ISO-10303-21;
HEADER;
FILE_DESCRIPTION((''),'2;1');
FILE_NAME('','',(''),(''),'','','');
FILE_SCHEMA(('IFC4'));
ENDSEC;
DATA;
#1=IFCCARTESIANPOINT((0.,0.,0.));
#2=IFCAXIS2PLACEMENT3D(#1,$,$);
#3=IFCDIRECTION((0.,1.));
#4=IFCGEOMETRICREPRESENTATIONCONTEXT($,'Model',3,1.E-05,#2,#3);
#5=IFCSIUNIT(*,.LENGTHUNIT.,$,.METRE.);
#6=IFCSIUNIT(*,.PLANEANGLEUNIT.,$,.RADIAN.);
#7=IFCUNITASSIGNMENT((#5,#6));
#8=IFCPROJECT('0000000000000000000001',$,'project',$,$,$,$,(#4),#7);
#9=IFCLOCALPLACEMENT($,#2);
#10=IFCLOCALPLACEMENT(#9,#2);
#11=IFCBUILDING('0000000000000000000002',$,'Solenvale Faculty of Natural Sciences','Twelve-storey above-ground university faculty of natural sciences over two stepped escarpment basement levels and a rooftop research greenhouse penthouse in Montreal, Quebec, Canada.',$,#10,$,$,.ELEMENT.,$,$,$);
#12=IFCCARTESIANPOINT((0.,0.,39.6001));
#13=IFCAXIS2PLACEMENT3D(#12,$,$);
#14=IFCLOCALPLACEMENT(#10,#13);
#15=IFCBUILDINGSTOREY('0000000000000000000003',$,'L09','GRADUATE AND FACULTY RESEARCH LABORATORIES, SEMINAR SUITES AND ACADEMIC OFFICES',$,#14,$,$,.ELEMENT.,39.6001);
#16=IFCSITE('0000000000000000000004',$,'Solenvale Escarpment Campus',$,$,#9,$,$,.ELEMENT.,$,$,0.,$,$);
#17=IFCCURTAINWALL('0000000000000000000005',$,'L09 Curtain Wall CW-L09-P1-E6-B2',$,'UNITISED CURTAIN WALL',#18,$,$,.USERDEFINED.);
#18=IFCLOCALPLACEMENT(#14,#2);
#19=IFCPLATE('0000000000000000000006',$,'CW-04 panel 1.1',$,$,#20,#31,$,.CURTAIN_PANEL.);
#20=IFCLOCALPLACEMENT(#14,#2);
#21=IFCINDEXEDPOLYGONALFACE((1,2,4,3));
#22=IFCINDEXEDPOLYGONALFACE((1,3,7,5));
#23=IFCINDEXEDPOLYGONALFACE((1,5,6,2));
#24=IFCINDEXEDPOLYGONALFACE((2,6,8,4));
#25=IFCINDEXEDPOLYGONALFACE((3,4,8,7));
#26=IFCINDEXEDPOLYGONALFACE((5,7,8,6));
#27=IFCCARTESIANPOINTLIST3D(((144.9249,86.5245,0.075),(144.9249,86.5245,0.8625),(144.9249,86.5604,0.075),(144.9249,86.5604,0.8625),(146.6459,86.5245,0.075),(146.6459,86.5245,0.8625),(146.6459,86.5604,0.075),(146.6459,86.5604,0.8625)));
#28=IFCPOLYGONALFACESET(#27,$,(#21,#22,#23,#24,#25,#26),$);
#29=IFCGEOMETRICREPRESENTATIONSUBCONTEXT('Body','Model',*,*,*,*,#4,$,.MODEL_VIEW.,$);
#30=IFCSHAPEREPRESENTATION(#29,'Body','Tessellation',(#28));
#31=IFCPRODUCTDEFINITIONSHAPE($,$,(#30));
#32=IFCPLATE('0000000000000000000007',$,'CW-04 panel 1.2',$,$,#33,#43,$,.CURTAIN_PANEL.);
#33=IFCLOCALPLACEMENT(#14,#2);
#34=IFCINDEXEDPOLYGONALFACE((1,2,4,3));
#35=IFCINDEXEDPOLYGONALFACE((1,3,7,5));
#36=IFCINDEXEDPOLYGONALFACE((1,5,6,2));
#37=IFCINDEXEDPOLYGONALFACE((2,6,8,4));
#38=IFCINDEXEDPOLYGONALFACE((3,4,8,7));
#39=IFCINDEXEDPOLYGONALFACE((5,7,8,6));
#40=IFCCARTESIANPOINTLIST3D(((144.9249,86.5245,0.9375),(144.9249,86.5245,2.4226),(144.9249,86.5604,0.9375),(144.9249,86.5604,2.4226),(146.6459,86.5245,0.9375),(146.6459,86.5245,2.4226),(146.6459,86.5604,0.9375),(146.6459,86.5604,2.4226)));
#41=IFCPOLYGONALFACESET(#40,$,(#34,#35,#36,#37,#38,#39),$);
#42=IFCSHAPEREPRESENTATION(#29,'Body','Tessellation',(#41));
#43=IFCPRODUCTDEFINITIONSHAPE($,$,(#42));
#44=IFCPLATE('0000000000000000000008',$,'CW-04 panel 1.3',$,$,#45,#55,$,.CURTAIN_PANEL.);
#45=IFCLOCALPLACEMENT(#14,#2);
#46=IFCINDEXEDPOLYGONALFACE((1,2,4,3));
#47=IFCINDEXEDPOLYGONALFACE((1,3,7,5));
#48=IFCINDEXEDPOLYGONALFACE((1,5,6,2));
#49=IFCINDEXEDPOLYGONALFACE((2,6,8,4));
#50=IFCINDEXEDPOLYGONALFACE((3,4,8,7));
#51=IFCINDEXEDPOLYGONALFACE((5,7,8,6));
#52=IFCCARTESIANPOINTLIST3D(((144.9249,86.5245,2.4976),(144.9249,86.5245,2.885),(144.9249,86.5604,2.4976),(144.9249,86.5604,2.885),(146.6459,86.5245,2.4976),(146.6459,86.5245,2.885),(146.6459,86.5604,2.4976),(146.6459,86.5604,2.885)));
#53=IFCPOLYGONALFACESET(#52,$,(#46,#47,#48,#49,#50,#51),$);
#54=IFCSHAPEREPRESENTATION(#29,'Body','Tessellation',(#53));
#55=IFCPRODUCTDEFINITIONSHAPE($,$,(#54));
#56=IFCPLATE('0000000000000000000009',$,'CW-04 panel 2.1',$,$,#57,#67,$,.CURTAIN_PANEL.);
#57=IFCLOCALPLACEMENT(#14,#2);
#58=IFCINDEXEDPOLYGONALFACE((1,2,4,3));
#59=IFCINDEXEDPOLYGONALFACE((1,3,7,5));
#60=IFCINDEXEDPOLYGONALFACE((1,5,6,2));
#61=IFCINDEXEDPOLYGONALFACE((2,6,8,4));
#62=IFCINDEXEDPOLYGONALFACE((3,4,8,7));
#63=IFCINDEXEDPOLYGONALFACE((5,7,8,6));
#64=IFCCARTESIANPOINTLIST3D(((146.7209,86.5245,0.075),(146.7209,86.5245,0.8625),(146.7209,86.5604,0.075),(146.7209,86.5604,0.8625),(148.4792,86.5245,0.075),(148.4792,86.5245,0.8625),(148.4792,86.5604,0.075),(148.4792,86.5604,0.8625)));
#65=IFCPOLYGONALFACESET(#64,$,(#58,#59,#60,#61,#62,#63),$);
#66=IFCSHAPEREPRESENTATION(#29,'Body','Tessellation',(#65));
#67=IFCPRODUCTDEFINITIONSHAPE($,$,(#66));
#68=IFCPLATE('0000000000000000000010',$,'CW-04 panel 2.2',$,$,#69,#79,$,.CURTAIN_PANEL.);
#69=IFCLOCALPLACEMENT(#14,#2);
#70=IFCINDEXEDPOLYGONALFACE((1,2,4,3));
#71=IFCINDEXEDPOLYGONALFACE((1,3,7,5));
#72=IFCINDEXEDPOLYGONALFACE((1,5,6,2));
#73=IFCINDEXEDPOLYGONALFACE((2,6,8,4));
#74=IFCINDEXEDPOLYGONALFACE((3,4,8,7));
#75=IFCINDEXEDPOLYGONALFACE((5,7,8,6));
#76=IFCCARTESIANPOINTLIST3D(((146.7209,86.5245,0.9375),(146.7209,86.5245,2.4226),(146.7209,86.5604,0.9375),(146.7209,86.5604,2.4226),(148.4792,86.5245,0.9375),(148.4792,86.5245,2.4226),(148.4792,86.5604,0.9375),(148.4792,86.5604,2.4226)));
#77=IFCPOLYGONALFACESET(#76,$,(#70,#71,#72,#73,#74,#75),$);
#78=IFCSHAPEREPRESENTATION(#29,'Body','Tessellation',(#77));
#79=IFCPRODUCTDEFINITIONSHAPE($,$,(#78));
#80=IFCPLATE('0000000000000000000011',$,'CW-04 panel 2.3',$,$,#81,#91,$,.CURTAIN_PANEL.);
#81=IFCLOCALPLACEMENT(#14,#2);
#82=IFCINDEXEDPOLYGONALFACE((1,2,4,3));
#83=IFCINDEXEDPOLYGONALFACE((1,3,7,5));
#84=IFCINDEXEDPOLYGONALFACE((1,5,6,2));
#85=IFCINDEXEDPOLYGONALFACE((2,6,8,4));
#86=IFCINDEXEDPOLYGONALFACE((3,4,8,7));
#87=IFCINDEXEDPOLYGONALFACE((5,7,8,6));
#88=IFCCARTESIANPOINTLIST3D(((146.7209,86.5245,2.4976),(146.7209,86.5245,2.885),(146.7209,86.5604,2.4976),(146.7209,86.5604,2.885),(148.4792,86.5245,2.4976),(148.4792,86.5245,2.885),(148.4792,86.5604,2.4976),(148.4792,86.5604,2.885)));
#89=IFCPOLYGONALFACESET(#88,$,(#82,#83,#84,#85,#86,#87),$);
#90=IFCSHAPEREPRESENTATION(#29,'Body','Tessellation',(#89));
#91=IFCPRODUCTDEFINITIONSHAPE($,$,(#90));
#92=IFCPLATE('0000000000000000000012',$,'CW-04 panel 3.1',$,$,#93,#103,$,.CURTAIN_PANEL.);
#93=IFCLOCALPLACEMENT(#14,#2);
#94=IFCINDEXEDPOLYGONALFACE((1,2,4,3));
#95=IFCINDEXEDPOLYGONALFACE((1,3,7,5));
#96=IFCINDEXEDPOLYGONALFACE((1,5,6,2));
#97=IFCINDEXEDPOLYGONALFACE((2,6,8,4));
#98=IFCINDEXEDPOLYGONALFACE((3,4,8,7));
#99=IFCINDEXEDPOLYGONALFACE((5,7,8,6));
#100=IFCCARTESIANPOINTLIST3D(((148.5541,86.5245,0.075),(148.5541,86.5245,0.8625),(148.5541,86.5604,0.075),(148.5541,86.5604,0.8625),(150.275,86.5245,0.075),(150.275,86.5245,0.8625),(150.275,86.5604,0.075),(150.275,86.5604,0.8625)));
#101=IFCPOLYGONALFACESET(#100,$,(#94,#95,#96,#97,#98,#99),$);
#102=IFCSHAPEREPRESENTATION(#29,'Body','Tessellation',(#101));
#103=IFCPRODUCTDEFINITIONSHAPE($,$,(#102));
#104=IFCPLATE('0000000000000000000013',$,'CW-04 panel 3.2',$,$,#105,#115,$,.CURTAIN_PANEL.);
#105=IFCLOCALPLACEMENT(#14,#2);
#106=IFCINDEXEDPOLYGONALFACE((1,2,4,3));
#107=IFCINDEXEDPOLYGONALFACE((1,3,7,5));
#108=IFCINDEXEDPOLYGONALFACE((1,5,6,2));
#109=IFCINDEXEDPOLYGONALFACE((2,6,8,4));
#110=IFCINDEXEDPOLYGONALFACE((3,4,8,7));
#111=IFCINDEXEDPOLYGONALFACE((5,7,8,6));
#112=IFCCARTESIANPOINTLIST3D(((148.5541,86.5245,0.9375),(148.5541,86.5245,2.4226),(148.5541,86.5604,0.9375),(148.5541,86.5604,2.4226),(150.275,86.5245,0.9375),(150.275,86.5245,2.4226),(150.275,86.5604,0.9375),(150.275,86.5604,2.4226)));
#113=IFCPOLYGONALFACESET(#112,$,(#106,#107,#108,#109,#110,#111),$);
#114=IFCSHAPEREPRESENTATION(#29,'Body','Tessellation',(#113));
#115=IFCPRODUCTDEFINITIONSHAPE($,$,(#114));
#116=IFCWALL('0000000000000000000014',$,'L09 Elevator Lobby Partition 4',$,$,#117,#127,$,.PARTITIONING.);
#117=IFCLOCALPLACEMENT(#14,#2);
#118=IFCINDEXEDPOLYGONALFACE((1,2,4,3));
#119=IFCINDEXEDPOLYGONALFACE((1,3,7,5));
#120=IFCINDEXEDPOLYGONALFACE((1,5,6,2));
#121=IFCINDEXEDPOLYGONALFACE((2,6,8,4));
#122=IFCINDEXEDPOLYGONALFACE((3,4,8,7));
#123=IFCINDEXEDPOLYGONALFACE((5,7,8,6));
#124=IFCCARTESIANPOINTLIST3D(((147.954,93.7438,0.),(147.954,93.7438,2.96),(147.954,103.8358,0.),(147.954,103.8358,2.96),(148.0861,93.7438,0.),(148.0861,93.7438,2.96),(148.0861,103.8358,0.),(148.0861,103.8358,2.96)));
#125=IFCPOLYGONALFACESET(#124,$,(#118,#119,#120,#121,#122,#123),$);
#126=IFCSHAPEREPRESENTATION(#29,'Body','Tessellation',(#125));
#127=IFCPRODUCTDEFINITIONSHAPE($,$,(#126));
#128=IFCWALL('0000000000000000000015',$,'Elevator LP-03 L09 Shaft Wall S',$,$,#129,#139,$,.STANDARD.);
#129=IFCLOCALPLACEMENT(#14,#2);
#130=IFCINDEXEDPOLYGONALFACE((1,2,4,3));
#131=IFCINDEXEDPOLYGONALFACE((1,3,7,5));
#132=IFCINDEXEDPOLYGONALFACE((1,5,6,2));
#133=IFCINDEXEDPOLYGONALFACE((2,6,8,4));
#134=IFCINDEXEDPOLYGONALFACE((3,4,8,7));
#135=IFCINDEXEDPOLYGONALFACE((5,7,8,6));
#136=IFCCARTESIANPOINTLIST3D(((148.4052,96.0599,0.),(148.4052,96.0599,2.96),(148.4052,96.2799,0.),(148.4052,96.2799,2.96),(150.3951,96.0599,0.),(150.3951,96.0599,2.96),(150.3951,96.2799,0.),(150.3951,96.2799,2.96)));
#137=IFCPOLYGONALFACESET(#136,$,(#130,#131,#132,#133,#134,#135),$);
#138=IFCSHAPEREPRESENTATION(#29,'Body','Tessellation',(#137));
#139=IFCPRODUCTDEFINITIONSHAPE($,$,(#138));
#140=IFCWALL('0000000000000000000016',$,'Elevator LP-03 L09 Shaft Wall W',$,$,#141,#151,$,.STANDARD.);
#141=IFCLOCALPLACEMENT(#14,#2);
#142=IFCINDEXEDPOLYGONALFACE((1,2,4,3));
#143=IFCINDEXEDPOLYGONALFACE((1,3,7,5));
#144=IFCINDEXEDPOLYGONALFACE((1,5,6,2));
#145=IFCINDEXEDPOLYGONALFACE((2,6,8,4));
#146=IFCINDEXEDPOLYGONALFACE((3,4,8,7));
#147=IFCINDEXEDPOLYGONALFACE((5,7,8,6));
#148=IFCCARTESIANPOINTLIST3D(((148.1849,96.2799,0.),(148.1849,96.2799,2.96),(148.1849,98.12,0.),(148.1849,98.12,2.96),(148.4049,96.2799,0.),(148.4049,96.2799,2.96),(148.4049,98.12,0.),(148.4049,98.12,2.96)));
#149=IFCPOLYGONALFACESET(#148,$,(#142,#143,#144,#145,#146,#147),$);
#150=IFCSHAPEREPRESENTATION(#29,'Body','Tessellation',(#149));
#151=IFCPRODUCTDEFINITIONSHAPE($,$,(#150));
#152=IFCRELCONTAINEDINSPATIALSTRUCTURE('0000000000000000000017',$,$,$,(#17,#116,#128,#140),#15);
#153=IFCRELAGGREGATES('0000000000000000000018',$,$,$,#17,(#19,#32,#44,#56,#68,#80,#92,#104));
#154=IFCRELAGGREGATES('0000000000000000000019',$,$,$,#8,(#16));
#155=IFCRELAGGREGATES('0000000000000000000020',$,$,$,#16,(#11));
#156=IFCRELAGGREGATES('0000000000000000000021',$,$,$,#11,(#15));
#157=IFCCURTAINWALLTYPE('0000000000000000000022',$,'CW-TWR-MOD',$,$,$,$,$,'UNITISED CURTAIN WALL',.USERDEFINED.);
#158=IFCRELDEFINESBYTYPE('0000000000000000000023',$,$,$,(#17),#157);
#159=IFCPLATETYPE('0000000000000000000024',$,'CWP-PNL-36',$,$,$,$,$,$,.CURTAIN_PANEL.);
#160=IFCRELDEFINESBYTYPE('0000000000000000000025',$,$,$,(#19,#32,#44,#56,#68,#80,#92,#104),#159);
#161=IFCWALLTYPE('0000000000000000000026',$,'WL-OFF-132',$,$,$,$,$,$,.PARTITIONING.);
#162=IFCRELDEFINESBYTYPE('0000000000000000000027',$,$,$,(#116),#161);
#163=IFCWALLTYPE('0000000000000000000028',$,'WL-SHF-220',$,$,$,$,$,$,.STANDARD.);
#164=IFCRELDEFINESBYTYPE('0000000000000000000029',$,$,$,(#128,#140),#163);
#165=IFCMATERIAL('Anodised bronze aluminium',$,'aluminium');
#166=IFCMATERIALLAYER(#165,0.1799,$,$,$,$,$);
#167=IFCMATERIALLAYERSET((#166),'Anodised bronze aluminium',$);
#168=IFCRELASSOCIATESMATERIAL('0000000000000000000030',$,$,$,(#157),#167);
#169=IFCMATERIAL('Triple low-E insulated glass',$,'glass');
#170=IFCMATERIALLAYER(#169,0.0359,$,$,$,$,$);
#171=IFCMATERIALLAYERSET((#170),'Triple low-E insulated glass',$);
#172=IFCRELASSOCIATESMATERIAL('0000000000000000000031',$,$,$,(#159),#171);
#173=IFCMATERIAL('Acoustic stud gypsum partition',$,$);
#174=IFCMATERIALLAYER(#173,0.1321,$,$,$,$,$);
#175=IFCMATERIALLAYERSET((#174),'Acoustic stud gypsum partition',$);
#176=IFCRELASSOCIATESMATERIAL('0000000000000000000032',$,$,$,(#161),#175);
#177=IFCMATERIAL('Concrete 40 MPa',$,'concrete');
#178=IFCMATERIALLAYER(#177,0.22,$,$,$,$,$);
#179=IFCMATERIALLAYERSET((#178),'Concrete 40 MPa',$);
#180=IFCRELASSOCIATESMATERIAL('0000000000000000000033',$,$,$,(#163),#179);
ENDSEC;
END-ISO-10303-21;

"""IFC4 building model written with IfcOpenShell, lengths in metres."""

from ifc_helpers import new_model, si_unit, direction, frame, frame_2d, origin, origin_2d, place, context, subcontext, project, spatial, rectangle, extrude, material, layer, layer_set, type_object, element, aggregate, save


model = new_model("IFC4")

# Units and contexts
model_context = context("Model", 3, precision=1e-05, world=origin(), true_north=direction((0.0, 1.0)))
body_context = subcontext(model_context, "Body", "Model", "MODEL_VIEW")
ifc_project = project(units=[si_unit("LENGTHUNIT", "METRE"), si_unit("PLANEANGLEUNIT", "RADIAN")], contexts=[model_context])

# Site, building, storey
site_placement = place(None, origin())
site = spatial("IfcSite", under=ifc_project, at=site_placement, Name="Solenvale Escarpment Campus", CompositionType="ELEMENT", RefElevation=0.0)
building_placement = place(site_placement, origin())
building = spatial("IfcBuilding", under=site, at=building_placement, Name="Solenvale Faculty of Natural Sciences", Description="Twelve-storey above-ground university faculty of natural sciences over two stepped escarpment basement levels and a rooftop research greenhouse penthouse in Montreal, Quebec, Canada.", CompositionType="ELEMENT")
storey_placement = place(building_placement, frame((0.0, 0.0, 39.6001)))
storey = spatial("IfcBuildingStorey", under=building, at=storey_placement, Name="L09", Description="GRADUATE AND FACULTY RESEARCH LABORATORIES, SEMINAR SUITES AND ACADEMIC OFFICES", CompositionType="ELEMENT", Elevation=39.6001)

# Curtain wall, plates
ifc_material_1 = material(Name="Anodised bronze aluminium", Category="aluminium")
ifc_layer_1 = layer(ifc_material_1, 0.1799)
ifc_layer_set_1 = layer_set([ifc_layer_1], Name="Anodised bronze aluminium")
curtain_wall_type = type_object("IfcCurtainWallType", Name="CW-TWR-MOD", ElementType="UNITISED CURTAIN WALL", PredefinedType="USERDEFINED", material=ifc_layer_set_1)
curtain_wall_placement = place(storey_placement, origin())
curtain_wall = element("IfcCurtainWall", 1, at=curtain_wall_placement, inside=storey, type_object=curtain_wall_type, Name="L09 Curtain Wall CW-L09-P1-E6-B2", ObjectType="UNITISED CURTAIN WALL", PredefinedType="USERDEFINED")
ifc_material_2 = material(Name="Triple low-E insulated glass", Category="glass")
ifc_layer_2 = layer(ifc_material_2, 0.0359)
ifc_layer_set_2 = layer_set([ifc_layer_2], Name="Triple low-E insulated glass")
plate_type = type_object("IfcPlateType", Name="CWP-PNL-36", PredefinedType="CURTAIN_PANEL", material=ifc_layer_set_2)
plate_1_placement = place(storey_placement, frame((145.7854, 86.5425, 0.075), z_axis=(0.0, 0.0, 1.0), x_axis=(1.0, 0.0, 0.0)))
plate_1 = element("IfcPlate", 2, at=plate_1_placement, type_object=plate_type, Name="CW-04 panel 1.1", PredefinedType="CURTAIN_PANEL", context=body_context, shape_type="SweptSolid", body=[
    extrude(rectangle(XDim=1.7209, YDim=0.0359, at=origin_2d()), origin(), (0.0, 0.0, 1.0), 0.7876),
])
plate_2_placement = place(storey_placement, frame((145.7854, 86.5425, 0.9375), z_axis=(0.0, 0.0, 1.0), x_axis=(1.0, 0.0, 0.0)))
plate_2 = element("IfcPlate", 3, at=plate_2_placement, type_object=plate_type, Name="CW-04 panel 1.2", PredefinedType="CURTAIN_PANEL", context=body_context, shape_type="SweptSolid", body=[
    extrude(rectangle(XDim=1.7209, YDim=0.0359, at=origin_2d()), origin(), (0.0, 0.0, 1.0), 1.4851),
])
plate_3_placement = place(storey_placement, frame((145.7854, 86.5425, 2.4976), z_axis=(0.0, 0.0, 1.0), x_axis=(1.0, 0.0, 0.0)))
plate_3 = element("IfcPlate", 4, at=plate_3_placement, type_object=plate_type, Name="CW-04 panel 1.3", PredefinedType="CURTAIN_PANEL", context=body_context, shape_type="SweptSolid", body=[
    extrude(rectangle(XDim=1.7209, YDim=0.0359, at=origin_2d()), origin(), (0.0, 0.0, 1.0), 0.3875),
])
plate_4_placement = place(storey_placement, frame((147.6001, 86.5425, 0.075), z_axis=(0.0, 0.0, 1.0), x_axis=(1.0, 0.0, 0.0)))
plate_4 = element("IfcPlate", 5, at=plate_4_placement, type_object=plate_type, Name="CW-04 panel 2.1", PredefinedType="CURTAIN_PANEL", context=body_context, shape_type="SweptSolid", body=[
    extrude(rectangle(XDim=1.7583, YDim=0.0359, at=origin_2d()), origin(), (0.0, 0.0, 1.0), 0.7876),
])
plate_5_placement = place(storey_placement, frame((147.6001, 86.5425, 0.9375), z_axis=(0.0, 0.0, 1.0), x_axis=(1.0, 0.0, 0.0)))
plate_5 = element("IfcPlate", 6, at=plate_5_placement, type_object=plate_type, Name="CW-04 panel 2.2", PredefinedType="CURTAIN_PANEL", context=body_context, shape_type="SweptSolid", body=[
    extrude(rectangle(XDim=1.7583, YDim=0.0359, at=origin_2d()), origin(), (0.0, 0.0, 1.0), 1.4851),
])
plate_6_placement = place(storey_placement, frame((147.6001, 86.5425, 2.4976), z_axis=(0.0, 0.0, 1.0), x_axis=(1.0, 0.0, 0.0)))
plate_6 = element("IfcPlate", 7, at=plate_6_placement, type_object=plate_type, Name="CW-04 panel 2.3", PredefinedType="CURTAIN_PANEL", context=body_context, shape_type="SweptSolid", body=[
    extrude(rectangle(XDim=1.7583, YDim=0.0359, at=origin_2d()), origin(), (0.0, 0.0, 1.0), 0.3875),
])
plate_7_placement = place(storey_placement, frame((149.4146, 86.5425, 0.075), z_axis=(0.0, 0.0, 1.0), x_axis=(1.0, 0.0, 0.0)))
plate_7 = element("IfcPlate", 8, at=plate_7_placement, type_object=plate_type, Name="CW-04 panel 3.1", PredefinedType="CURTAIN_PANEL", context=body_context, shape_type="SweptSolid", body=[
    extrude(rectangle(XDim=1.7209, YDim=0.0359, at=origin_2d()), origin(), (0.0, 0.0, 1.0), 0.7876),
])
plate_8_placement = place(storey_placement, frame((149.4146, 86.5425, 0.9375), z_axis=(0.0, 0.0, 1.0), x_axis=(1.0, 0.0, 0.0)))
plate_8 = element("IfcPlate", 9, at=plate_8_placement, type_object=plate_type, Name="CW-04 panel 3.2", PredefinedType="CURTAIN_PANEL", context=body_context, shape_type="SweptSolid", body=[
    extrude(rectangle(XDim=1.7209, YDim=0.0359, at=origin_2d()), origin(), (0.0, 0.0, 1.0), 1.4851),
])
aggregate(curtain_wall, [plate_1, plate_2, plate_3, plate_4, plate_5, plate_6, plate_7, plate_8])

# Wall
ifc_material_3 = material(Name="Acoustic stud gypsum partition")
ifc_layer_3 = layer(ifc_material_3, 0.1321)
ifc_layer_set_3 = layer_set([ifc_layer_3], Name="Acoustic stud gypsum partition")
wall_type_1 = type_object("IfcWallType", Name="WL-OFF-132", PredefinedType="PARTITIONING", material=ifc_layer_set_3)
wall_1_placement = place(storey_placement, frame((148.02, 93.7439, 0.0), z_axis=(0.0, 0.0, 1.0), x_axis=(0.0, 1.0, 0.0)))
element("IfcWall", 10, at=wall_1_placement, inside=storey, type_object=wall_type_1, Name="L09 Elevator Lobby Partition 4", PredefinedType="PARTITIONING", context=body_context, shape_type="SweptSolid", body=[
    extrude(rectangle(XDim=10.092, YDim=0.1321, at=frame_2d((5.0459, 0.0))), origin(), (0.0, 0.0, 1.0), 2.96),
])

# Walls
ifc_material_4 = material(Name="Concrete 40 MPa", Category="concrete")
ifc_layer_4 = layer(ifc_material_4, 0.22)
ifc_layer_set_4 = layer_set([ifc_layer_4], Name="Concrete 40 MPa")
wall_type_2 = type_object("IfcWallType", Name="WL-SHF-220", PredefinedType="STANDARD", material=ifc_layer_set_4)
wall_2_placement = place(storey_placement, frame((148.405, 96.1699, 0.0), z_axis=(0.0, 0.0, 1.0), x_axis=(1.0, 0.0, 0.0)))
element("IfcWall", 11, at=wall_2_placement, inside=storey, type_object=wall_type_2, Name="Elevator LP-03 L09 Shaft Wall S", PredefinedType="STANDARD", context=body_context, shape_type="SweptSolid", body=[
    extrude(rectangle(XDim=1.99, YDim=0.22, at=frame_2d((0.9951, 0.0))), origin(), (0.0, 0.0, 1.0), 2.96),
])
wall_3_placement = place(storey_placement, frame((148.2949, 96.28, 0.0), z_axis=(0.0, 0.0, 1.0), x_axis=(0.0, 1.0, 0.0)))
element("IfcWall", 12, at=wall_3_placement, inside=storey, type_object=wall_type_2, Name="Elevator LP-03 L09 Shaft Wall W", PredefinedType="STANDARD", context=body_context, shape_type="SweptSolid", body=[
    extrude(rectangle(XDim=1.8401, YDim=0.22, at=frame_2d((0.9199, 0.0))), origin(), (0.0, 0.0, 1.0), 2.96),
])

save(model, "model.ifc")
